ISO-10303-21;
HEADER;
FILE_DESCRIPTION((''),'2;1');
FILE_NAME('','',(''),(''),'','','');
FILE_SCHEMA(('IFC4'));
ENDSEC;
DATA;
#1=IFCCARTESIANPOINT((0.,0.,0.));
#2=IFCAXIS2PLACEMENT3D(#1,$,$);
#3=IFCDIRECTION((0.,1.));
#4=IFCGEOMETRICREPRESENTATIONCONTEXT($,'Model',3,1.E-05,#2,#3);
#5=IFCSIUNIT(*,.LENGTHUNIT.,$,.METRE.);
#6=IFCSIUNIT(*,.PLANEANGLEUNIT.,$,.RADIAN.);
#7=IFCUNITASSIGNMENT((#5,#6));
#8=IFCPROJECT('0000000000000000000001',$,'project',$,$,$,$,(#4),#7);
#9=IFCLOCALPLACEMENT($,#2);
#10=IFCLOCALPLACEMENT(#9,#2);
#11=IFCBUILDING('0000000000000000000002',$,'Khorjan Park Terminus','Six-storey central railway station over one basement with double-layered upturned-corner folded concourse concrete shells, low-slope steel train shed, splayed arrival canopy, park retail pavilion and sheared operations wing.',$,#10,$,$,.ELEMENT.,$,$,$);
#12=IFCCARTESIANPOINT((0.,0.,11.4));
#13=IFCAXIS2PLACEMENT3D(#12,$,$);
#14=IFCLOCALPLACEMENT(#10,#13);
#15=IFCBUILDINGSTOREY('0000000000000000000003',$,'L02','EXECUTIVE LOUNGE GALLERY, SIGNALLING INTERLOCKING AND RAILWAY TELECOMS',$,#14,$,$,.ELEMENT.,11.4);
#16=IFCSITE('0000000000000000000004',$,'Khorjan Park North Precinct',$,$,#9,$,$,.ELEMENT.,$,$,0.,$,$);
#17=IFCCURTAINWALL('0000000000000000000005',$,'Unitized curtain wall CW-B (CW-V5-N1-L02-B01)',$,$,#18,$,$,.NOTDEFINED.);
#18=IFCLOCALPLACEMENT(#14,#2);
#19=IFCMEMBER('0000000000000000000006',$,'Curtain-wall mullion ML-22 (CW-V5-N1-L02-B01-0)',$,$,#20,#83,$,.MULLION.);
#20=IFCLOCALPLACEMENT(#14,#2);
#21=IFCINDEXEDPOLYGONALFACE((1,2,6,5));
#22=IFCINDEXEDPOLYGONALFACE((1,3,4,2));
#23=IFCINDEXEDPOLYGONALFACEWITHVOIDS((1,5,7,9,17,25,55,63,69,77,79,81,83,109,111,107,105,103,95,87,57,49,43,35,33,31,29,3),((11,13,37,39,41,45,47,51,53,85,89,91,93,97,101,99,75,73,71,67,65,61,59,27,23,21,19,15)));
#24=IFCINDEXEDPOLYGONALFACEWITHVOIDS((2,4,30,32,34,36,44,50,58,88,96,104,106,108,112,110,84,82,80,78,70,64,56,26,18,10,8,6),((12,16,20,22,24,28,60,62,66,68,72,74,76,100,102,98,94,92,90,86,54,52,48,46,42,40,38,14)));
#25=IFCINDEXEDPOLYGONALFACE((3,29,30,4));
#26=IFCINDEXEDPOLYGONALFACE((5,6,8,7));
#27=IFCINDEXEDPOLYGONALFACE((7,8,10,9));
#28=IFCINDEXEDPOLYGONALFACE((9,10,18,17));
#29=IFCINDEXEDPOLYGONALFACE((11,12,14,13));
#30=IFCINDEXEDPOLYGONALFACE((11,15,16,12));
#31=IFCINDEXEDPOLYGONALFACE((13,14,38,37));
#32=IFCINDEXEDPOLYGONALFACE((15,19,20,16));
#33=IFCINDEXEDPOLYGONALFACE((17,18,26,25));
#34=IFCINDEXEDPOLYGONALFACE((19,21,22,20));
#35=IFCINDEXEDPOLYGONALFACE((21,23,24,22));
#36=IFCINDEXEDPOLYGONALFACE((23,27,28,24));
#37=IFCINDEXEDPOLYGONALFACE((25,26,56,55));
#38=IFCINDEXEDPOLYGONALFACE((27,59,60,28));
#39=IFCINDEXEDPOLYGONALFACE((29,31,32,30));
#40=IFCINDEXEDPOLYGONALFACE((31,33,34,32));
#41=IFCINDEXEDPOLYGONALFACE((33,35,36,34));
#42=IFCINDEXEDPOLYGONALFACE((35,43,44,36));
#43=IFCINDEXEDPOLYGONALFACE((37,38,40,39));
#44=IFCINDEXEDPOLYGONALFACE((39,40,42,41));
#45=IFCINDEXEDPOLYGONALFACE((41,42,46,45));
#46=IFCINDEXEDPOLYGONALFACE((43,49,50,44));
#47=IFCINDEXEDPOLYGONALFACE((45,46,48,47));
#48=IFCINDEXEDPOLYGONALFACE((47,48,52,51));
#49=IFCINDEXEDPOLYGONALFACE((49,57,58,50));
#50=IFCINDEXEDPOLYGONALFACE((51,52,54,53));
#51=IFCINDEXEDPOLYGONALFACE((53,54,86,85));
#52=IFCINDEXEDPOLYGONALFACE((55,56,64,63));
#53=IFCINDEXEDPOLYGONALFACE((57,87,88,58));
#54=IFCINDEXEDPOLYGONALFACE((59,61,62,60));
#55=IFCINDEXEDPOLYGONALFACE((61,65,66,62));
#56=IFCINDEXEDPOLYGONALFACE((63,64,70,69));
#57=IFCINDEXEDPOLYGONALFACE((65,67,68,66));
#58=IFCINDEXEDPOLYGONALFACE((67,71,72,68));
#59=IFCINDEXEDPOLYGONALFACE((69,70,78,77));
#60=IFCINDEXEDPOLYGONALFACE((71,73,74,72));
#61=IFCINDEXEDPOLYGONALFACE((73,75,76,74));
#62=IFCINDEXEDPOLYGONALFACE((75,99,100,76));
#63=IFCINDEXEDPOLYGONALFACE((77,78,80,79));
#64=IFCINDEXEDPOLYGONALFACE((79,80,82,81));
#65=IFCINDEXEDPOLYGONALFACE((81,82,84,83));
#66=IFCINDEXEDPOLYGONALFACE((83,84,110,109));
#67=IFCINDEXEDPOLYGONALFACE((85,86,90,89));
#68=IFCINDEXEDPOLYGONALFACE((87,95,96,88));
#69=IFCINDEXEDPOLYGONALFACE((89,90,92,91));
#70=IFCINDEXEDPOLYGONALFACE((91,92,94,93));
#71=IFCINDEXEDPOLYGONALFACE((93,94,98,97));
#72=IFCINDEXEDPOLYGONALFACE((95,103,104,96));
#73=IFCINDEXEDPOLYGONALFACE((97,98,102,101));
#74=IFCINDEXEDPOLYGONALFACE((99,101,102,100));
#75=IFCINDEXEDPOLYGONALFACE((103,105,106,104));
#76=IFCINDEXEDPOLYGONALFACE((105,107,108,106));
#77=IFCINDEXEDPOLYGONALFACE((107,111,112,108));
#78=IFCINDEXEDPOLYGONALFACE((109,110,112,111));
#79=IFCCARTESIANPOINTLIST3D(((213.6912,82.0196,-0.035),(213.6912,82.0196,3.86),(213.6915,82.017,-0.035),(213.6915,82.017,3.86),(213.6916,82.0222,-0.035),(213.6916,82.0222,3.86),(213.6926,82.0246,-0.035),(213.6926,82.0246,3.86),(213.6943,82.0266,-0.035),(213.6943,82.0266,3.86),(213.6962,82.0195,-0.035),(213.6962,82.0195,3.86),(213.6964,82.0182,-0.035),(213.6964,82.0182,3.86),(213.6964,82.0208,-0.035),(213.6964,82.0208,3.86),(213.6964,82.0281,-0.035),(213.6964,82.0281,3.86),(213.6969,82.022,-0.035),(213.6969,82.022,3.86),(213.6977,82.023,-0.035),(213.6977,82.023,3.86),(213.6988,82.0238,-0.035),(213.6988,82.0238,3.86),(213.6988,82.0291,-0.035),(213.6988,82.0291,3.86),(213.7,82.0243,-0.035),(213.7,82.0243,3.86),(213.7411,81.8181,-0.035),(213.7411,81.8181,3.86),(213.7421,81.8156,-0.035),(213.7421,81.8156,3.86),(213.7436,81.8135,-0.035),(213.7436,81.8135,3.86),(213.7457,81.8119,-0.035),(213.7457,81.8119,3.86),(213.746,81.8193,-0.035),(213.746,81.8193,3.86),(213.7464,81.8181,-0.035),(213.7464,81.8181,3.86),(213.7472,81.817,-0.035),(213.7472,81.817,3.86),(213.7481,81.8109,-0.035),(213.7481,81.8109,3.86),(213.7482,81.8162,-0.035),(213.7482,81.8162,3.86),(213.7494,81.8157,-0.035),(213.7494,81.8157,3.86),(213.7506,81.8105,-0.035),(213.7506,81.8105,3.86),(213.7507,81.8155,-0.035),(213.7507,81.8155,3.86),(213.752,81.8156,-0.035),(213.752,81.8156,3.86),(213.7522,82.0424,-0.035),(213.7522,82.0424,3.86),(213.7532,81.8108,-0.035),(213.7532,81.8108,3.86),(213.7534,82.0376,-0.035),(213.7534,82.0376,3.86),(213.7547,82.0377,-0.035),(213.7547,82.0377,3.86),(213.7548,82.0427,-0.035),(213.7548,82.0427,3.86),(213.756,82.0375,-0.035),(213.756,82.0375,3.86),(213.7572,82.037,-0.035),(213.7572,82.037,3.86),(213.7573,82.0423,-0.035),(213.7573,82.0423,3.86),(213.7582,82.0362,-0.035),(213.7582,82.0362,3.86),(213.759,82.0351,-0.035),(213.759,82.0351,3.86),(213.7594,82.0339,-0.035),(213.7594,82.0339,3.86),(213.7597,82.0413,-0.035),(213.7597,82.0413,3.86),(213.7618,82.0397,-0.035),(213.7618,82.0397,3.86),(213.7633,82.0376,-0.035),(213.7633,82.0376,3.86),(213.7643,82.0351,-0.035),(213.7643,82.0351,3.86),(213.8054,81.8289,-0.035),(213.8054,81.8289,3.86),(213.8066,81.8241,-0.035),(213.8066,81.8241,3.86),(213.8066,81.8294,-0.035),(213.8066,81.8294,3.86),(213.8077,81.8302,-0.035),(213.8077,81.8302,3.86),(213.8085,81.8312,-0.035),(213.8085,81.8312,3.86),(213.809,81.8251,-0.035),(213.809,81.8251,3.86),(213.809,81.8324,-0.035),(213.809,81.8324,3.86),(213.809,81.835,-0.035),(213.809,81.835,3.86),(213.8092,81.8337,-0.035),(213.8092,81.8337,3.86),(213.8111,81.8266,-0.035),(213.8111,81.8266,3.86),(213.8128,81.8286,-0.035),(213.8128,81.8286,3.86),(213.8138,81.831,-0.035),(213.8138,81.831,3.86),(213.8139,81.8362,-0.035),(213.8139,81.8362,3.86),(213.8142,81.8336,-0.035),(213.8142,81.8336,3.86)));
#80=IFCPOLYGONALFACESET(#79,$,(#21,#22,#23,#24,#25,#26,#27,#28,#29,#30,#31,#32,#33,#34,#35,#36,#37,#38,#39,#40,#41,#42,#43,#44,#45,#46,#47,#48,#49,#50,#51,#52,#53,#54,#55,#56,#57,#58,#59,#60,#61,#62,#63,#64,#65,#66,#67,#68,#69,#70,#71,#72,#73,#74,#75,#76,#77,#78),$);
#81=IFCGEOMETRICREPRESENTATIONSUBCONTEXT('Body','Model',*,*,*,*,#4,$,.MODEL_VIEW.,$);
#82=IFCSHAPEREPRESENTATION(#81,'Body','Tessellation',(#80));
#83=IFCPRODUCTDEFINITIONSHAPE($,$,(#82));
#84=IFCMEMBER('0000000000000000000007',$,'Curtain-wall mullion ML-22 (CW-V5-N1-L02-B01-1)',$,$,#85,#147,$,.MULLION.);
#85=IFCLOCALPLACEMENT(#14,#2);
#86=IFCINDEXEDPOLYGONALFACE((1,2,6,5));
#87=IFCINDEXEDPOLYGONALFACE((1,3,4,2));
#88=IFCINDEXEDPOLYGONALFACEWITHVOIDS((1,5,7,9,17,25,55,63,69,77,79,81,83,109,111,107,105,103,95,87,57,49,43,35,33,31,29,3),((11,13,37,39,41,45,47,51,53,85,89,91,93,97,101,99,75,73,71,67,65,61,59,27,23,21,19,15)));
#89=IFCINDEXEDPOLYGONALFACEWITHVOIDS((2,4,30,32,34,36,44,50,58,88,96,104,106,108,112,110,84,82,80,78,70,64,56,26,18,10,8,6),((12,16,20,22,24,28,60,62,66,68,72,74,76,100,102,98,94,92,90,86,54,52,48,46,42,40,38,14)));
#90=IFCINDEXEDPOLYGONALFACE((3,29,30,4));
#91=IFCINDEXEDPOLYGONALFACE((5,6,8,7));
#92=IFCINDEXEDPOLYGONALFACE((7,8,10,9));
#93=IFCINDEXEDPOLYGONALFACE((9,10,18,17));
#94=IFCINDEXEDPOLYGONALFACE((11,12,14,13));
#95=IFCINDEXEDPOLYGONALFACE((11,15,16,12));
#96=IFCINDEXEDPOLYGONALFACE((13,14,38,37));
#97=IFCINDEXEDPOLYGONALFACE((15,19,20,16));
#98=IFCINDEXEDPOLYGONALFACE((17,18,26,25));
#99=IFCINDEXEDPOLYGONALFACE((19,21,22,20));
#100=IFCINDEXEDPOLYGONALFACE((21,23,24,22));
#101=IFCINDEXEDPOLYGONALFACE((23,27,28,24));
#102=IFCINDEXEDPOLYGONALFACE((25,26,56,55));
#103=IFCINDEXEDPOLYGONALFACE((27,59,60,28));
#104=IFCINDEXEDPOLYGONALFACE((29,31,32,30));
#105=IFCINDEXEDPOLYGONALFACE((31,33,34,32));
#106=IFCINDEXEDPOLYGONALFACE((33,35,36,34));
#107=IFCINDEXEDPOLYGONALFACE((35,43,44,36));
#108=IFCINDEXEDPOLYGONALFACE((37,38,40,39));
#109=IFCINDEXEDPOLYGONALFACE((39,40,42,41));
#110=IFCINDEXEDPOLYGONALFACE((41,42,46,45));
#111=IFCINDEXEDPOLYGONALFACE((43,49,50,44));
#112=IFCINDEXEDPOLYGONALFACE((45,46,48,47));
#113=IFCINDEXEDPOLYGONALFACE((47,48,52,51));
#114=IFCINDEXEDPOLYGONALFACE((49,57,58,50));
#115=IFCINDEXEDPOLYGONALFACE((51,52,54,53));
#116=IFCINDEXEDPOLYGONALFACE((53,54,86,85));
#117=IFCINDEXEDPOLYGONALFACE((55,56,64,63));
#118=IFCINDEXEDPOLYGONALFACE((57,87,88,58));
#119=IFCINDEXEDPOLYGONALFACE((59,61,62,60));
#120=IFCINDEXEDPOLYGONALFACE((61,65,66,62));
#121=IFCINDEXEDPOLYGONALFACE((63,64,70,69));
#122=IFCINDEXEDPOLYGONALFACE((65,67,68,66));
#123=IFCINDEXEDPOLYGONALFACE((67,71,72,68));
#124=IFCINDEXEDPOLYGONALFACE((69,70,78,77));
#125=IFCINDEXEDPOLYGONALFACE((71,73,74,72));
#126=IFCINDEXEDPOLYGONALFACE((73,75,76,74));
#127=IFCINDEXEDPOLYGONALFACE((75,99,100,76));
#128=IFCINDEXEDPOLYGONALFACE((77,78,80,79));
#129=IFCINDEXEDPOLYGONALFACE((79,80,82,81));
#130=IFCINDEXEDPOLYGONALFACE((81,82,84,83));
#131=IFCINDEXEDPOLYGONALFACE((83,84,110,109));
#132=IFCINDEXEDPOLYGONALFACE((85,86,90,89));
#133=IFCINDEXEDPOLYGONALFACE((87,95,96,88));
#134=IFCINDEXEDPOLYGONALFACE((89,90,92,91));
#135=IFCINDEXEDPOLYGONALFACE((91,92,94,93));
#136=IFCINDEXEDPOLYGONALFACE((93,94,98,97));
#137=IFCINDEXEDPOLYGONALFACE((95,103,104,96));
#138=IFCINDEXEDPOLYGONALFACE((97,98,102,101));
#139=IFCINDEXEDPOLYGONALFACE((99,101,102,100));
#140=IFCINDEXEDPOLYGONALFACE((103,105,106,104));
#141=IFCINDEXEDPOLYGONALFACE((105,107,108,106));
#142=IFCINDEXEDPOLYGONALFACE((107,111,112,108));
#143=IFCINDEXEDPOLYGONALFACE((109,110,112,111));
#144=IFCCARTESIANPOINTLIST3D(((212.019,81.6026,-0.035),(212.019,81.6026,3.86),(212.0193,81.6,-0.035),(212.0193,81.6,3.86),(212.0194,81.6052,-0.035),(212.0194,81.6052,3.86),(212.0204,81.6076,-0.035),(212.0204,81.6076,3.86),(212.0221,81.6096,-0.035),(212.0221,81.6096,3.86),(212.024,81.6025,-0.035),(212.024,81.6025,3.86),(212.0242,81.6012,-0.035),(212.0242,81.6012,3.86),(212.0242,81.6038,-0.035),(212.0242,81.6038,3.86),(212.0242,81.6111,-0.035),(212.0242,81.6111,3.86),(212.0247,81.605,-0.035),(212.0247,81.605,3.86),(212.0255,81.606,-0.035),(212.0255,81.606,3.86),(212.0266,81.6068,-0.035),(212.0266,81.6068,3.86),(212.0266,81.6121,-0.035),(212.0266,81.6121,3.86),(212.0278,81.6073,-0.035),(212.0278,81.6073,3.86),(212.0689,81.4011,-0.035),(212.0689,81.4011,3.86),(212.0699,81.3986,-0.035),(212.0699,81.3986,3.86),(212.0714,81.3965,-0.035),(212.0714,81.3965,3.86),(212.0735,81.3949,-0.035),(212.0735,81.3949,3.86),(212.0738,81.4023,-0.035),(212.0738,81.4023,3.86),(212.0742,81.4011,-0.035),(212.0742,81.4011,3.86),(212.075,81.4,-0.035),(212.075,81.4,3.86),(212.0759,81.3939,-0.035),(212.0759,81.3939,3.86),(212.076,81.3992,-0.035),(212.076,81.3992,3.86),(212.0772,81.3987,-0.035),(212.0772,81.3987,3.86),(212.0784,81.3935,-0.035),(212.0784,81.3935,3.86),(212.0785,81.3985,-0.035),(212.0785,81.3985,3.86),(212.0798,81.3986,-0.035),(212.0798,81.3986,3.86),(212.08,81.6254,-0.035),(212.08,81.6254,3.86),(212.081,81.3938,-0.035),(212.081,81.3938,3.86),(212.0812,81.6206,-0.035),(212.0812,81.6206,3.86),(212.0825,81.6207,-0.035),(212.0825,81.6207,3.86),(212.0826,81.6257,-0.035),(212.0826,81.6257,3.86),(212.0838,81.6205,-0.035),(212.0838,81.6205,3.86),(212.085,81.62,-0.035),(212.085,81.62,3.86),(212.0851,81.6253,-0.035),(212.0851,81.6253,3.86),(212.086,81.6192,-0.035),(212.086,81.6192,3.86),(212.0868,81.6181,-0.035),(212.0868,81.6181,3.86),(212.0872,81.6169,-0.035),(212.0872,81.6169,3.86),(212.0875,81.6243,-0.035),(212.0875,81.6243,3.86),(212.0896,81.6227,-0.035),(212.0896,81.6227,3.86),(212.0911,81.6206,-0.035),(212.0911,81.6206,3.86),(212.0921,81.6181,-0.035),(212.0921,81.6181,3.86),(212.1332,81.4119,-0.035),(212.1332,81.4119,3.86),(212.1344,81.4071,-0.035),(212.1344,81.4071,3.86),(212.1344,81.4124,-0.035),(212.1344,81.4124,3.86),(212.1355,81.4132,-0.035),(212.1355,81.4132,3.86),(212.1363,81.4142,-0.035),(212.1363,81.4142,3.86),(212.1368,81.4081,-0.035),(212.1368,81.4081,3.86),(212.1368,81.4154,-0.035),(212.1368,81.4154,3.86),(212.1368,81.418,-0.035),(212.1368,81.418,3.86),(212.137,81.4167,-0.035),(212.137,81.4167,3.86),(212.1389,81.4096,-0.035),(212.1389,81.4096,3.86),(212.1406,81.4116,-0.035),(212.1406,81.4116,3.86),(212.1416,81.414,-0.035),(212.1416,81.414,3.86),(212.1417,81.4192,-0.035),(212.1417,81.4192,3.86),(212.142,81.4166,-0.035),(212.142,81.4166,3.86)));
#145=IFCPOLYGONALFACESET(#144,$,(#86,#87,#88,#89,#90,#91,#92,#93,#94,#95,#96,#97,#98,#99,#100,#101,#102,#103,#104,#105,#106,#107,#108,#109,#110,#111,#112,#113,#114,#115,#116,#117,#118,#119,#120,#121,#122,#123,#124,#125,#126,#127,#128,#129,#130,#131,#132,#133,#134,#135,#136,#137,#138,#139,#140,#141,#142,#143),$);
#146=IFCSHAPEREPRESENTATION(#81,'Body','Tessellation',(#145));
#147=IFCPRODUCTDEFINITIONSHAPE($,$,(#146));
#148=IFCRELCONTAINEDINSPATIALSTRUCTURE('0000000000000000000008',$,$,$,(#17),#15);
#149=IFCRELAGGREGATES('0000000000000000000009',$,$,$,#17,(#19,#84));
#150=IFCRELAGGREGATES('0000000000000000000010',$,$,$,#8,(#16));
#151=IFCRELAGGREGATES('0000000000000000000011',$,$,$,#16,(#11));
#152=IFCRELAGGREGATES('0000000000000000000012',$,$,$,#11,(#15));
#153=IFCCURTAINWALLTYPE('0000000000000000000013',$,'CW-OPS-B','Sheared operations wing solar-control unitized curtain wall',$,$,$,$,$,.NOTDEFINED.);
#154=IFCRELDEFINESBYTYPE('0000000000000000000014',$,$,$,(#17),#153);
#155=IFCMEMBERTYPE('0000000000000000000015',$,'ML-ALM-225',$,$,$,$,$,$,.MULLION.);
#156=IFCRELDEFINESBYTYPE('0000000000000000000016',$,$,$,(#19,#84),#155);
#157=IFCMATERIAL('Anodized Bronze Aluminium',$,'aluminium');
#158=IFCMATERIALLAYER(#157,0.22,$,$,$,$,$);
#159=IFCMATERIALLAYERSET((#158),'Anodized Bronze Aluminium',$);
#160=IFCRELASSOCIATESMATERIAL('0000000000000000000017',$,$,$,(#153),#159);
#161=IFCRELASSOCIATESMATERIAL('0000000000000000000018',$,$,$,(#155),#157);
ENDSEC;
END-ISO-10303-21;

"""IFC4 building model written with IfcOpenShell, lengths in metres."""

from ifc_helpers import new_model, si_unit, direction, frame, origin, origin_2d, place, context, subcontext, project, spatial, hollow_rectangle, extrude, material, layer, layer_set, material_profile, profile_set, type_object, element, aggregate, save


model = new_model("IFC4")

# Units and contexts
model_context = context("Model", 3, precision=1e-05, world=origin(), true_north=direction((0.0, 1.0)))
body_context = subcontext(model_context, "Body", "Model", "MODEL_VIEW")
ifc_project = project(units=[si_unit("LENGTHUNIT", "METRE"), si_unit("PLANEANGLEUNIT", "RADIAN")], contexts=[model_context])

# Site, building, storey
site_placement = place(None, origin())
site = spatial("IfcSite", under=ifc_project, at=site_placement, Name="Khorjan Park North Precinct", CompositionType="ELEMENT", RefElevation=0.0)
building_placement = place(site_placement, origin())
building = spatial("IfcBuilding", under=site, at=building_placement, Name="Khorjan Park Terminus", Description="Six-storey central railway station over one basement with double-layered upturned-corner folded concourse concrete shells, low-slope steel train shed, splayed arrival canopy, park retail pavilion and sheared operations wing.", CompositionType="ELEMENT")
storey_placement = place(building_placement, frame((0.0, 0.0, 11.4)))
storey = spatial("IfcBuildingStorey", under=building, at=storey_placement, Name="L02", Description="EXECUTIVE LOUNGE GALLERY, SIGNALLING INTERLOCKING AND RAILWAY TELECOMS", CompositionType="ELEMENT", Elevation=11.4)

# Curtain wall, members
ifc_material_1 = material(Name="Anodized Bronze Aluminium", Category="aluminium")
ifc_layer_1 = layer(ifc_material_1, 0.22)
ifc_layer_set_1 = layer_set([ifc_layer_1], Name="Anodized Bronze Aluminium")
curtain_wall_type = type_object("IfcCurtainWallType", Name="CW-OPS-B", Description="Sheared operations wing solar-control unitized curtain wall", PredefinedType="NOTDEFINED", material=ifc_layer_set_1)
curtain_wall_placement = place(storey_placement, origin())
curtain_wall = element("IfcCurtainWall", 1, at=curtain_wall_placement, inside=storey, type_object=curtain_wall_type, Name="Unitized curtain wall CW-B (CW-V5-N1-L02-B01)", PredefinedType="NOTDEFINED")
ifc_material_profile_1 = material_profile(ifc_material_1, hollow_rectangle(XDim=0.075, YDim=0.225, WallThickness=0.005, InnerFilletRadius=0.005, OuterFilletRadius=0.01, at=origin_2d()), Name="ALM 75x225x5")
ifc_profile_set_1 = profile_set([ifc_material_profile_1], Name="Anodized Bronze Aluminium")
member_type_1 = type_object("IfcMemberType", Name="ML-ALM-225", PredefinedType="MULLION", material=ifc_profile_set_1)
member_1_placement = place(storey_placement, frame((213.7527, 81.9266, -0.035), z_axis=(0.0, 0.0, 1.0), x_axis=(-0.970294, -0.241928, 0.0)))
member_1 = element("IfcMember", 2, at=member_1_placement, type_object=member_type_1, Name="Curtain-wall mullion ML-22 (CW-V5-N1-L02-B01-0)", PredefinedType="MULLION", context=body_context, shape_type="SweptSolid", body=[
    extrude(hollow_rectangle(XDim=0.075, YDim=0.225, WallThickness=0.005, InnerFilletRadius=0.005, OuterFilletRadius=0.01, at=origin_2d()), origin(), (0.0, 0.0, 1.0), 3.895),
])
member_2_placement = place(storey_placement, frame((212.0805, 81.5096, -0.035), z_axis=(0.0, 0.0, 1.0), x_axis=(-0.970294, -0.241928, 0.0)))
member_2 = element("IfcMember", 3, at=member_2_placement, type_object=member_type_1, Name="Curtain-wall mullion ML-22 (CW-V5-N1-L02-B01-1)", PredefinedType="MULLION", context=body_context, shape_type="SweptSolid", body=[
    extrude(hollow_rectangle(XDim=0.075, YDim=0.225, WallThickness=0.005, InnerFilletRadius=0.005, OuterFilletRadius=0.01, at=origin_2d()), origin(), (0.0, 0.0, 1.0), 3.895),
])
aggregate(curtain_wall, [member_1, member_2])

save(model, "model.ifc")
